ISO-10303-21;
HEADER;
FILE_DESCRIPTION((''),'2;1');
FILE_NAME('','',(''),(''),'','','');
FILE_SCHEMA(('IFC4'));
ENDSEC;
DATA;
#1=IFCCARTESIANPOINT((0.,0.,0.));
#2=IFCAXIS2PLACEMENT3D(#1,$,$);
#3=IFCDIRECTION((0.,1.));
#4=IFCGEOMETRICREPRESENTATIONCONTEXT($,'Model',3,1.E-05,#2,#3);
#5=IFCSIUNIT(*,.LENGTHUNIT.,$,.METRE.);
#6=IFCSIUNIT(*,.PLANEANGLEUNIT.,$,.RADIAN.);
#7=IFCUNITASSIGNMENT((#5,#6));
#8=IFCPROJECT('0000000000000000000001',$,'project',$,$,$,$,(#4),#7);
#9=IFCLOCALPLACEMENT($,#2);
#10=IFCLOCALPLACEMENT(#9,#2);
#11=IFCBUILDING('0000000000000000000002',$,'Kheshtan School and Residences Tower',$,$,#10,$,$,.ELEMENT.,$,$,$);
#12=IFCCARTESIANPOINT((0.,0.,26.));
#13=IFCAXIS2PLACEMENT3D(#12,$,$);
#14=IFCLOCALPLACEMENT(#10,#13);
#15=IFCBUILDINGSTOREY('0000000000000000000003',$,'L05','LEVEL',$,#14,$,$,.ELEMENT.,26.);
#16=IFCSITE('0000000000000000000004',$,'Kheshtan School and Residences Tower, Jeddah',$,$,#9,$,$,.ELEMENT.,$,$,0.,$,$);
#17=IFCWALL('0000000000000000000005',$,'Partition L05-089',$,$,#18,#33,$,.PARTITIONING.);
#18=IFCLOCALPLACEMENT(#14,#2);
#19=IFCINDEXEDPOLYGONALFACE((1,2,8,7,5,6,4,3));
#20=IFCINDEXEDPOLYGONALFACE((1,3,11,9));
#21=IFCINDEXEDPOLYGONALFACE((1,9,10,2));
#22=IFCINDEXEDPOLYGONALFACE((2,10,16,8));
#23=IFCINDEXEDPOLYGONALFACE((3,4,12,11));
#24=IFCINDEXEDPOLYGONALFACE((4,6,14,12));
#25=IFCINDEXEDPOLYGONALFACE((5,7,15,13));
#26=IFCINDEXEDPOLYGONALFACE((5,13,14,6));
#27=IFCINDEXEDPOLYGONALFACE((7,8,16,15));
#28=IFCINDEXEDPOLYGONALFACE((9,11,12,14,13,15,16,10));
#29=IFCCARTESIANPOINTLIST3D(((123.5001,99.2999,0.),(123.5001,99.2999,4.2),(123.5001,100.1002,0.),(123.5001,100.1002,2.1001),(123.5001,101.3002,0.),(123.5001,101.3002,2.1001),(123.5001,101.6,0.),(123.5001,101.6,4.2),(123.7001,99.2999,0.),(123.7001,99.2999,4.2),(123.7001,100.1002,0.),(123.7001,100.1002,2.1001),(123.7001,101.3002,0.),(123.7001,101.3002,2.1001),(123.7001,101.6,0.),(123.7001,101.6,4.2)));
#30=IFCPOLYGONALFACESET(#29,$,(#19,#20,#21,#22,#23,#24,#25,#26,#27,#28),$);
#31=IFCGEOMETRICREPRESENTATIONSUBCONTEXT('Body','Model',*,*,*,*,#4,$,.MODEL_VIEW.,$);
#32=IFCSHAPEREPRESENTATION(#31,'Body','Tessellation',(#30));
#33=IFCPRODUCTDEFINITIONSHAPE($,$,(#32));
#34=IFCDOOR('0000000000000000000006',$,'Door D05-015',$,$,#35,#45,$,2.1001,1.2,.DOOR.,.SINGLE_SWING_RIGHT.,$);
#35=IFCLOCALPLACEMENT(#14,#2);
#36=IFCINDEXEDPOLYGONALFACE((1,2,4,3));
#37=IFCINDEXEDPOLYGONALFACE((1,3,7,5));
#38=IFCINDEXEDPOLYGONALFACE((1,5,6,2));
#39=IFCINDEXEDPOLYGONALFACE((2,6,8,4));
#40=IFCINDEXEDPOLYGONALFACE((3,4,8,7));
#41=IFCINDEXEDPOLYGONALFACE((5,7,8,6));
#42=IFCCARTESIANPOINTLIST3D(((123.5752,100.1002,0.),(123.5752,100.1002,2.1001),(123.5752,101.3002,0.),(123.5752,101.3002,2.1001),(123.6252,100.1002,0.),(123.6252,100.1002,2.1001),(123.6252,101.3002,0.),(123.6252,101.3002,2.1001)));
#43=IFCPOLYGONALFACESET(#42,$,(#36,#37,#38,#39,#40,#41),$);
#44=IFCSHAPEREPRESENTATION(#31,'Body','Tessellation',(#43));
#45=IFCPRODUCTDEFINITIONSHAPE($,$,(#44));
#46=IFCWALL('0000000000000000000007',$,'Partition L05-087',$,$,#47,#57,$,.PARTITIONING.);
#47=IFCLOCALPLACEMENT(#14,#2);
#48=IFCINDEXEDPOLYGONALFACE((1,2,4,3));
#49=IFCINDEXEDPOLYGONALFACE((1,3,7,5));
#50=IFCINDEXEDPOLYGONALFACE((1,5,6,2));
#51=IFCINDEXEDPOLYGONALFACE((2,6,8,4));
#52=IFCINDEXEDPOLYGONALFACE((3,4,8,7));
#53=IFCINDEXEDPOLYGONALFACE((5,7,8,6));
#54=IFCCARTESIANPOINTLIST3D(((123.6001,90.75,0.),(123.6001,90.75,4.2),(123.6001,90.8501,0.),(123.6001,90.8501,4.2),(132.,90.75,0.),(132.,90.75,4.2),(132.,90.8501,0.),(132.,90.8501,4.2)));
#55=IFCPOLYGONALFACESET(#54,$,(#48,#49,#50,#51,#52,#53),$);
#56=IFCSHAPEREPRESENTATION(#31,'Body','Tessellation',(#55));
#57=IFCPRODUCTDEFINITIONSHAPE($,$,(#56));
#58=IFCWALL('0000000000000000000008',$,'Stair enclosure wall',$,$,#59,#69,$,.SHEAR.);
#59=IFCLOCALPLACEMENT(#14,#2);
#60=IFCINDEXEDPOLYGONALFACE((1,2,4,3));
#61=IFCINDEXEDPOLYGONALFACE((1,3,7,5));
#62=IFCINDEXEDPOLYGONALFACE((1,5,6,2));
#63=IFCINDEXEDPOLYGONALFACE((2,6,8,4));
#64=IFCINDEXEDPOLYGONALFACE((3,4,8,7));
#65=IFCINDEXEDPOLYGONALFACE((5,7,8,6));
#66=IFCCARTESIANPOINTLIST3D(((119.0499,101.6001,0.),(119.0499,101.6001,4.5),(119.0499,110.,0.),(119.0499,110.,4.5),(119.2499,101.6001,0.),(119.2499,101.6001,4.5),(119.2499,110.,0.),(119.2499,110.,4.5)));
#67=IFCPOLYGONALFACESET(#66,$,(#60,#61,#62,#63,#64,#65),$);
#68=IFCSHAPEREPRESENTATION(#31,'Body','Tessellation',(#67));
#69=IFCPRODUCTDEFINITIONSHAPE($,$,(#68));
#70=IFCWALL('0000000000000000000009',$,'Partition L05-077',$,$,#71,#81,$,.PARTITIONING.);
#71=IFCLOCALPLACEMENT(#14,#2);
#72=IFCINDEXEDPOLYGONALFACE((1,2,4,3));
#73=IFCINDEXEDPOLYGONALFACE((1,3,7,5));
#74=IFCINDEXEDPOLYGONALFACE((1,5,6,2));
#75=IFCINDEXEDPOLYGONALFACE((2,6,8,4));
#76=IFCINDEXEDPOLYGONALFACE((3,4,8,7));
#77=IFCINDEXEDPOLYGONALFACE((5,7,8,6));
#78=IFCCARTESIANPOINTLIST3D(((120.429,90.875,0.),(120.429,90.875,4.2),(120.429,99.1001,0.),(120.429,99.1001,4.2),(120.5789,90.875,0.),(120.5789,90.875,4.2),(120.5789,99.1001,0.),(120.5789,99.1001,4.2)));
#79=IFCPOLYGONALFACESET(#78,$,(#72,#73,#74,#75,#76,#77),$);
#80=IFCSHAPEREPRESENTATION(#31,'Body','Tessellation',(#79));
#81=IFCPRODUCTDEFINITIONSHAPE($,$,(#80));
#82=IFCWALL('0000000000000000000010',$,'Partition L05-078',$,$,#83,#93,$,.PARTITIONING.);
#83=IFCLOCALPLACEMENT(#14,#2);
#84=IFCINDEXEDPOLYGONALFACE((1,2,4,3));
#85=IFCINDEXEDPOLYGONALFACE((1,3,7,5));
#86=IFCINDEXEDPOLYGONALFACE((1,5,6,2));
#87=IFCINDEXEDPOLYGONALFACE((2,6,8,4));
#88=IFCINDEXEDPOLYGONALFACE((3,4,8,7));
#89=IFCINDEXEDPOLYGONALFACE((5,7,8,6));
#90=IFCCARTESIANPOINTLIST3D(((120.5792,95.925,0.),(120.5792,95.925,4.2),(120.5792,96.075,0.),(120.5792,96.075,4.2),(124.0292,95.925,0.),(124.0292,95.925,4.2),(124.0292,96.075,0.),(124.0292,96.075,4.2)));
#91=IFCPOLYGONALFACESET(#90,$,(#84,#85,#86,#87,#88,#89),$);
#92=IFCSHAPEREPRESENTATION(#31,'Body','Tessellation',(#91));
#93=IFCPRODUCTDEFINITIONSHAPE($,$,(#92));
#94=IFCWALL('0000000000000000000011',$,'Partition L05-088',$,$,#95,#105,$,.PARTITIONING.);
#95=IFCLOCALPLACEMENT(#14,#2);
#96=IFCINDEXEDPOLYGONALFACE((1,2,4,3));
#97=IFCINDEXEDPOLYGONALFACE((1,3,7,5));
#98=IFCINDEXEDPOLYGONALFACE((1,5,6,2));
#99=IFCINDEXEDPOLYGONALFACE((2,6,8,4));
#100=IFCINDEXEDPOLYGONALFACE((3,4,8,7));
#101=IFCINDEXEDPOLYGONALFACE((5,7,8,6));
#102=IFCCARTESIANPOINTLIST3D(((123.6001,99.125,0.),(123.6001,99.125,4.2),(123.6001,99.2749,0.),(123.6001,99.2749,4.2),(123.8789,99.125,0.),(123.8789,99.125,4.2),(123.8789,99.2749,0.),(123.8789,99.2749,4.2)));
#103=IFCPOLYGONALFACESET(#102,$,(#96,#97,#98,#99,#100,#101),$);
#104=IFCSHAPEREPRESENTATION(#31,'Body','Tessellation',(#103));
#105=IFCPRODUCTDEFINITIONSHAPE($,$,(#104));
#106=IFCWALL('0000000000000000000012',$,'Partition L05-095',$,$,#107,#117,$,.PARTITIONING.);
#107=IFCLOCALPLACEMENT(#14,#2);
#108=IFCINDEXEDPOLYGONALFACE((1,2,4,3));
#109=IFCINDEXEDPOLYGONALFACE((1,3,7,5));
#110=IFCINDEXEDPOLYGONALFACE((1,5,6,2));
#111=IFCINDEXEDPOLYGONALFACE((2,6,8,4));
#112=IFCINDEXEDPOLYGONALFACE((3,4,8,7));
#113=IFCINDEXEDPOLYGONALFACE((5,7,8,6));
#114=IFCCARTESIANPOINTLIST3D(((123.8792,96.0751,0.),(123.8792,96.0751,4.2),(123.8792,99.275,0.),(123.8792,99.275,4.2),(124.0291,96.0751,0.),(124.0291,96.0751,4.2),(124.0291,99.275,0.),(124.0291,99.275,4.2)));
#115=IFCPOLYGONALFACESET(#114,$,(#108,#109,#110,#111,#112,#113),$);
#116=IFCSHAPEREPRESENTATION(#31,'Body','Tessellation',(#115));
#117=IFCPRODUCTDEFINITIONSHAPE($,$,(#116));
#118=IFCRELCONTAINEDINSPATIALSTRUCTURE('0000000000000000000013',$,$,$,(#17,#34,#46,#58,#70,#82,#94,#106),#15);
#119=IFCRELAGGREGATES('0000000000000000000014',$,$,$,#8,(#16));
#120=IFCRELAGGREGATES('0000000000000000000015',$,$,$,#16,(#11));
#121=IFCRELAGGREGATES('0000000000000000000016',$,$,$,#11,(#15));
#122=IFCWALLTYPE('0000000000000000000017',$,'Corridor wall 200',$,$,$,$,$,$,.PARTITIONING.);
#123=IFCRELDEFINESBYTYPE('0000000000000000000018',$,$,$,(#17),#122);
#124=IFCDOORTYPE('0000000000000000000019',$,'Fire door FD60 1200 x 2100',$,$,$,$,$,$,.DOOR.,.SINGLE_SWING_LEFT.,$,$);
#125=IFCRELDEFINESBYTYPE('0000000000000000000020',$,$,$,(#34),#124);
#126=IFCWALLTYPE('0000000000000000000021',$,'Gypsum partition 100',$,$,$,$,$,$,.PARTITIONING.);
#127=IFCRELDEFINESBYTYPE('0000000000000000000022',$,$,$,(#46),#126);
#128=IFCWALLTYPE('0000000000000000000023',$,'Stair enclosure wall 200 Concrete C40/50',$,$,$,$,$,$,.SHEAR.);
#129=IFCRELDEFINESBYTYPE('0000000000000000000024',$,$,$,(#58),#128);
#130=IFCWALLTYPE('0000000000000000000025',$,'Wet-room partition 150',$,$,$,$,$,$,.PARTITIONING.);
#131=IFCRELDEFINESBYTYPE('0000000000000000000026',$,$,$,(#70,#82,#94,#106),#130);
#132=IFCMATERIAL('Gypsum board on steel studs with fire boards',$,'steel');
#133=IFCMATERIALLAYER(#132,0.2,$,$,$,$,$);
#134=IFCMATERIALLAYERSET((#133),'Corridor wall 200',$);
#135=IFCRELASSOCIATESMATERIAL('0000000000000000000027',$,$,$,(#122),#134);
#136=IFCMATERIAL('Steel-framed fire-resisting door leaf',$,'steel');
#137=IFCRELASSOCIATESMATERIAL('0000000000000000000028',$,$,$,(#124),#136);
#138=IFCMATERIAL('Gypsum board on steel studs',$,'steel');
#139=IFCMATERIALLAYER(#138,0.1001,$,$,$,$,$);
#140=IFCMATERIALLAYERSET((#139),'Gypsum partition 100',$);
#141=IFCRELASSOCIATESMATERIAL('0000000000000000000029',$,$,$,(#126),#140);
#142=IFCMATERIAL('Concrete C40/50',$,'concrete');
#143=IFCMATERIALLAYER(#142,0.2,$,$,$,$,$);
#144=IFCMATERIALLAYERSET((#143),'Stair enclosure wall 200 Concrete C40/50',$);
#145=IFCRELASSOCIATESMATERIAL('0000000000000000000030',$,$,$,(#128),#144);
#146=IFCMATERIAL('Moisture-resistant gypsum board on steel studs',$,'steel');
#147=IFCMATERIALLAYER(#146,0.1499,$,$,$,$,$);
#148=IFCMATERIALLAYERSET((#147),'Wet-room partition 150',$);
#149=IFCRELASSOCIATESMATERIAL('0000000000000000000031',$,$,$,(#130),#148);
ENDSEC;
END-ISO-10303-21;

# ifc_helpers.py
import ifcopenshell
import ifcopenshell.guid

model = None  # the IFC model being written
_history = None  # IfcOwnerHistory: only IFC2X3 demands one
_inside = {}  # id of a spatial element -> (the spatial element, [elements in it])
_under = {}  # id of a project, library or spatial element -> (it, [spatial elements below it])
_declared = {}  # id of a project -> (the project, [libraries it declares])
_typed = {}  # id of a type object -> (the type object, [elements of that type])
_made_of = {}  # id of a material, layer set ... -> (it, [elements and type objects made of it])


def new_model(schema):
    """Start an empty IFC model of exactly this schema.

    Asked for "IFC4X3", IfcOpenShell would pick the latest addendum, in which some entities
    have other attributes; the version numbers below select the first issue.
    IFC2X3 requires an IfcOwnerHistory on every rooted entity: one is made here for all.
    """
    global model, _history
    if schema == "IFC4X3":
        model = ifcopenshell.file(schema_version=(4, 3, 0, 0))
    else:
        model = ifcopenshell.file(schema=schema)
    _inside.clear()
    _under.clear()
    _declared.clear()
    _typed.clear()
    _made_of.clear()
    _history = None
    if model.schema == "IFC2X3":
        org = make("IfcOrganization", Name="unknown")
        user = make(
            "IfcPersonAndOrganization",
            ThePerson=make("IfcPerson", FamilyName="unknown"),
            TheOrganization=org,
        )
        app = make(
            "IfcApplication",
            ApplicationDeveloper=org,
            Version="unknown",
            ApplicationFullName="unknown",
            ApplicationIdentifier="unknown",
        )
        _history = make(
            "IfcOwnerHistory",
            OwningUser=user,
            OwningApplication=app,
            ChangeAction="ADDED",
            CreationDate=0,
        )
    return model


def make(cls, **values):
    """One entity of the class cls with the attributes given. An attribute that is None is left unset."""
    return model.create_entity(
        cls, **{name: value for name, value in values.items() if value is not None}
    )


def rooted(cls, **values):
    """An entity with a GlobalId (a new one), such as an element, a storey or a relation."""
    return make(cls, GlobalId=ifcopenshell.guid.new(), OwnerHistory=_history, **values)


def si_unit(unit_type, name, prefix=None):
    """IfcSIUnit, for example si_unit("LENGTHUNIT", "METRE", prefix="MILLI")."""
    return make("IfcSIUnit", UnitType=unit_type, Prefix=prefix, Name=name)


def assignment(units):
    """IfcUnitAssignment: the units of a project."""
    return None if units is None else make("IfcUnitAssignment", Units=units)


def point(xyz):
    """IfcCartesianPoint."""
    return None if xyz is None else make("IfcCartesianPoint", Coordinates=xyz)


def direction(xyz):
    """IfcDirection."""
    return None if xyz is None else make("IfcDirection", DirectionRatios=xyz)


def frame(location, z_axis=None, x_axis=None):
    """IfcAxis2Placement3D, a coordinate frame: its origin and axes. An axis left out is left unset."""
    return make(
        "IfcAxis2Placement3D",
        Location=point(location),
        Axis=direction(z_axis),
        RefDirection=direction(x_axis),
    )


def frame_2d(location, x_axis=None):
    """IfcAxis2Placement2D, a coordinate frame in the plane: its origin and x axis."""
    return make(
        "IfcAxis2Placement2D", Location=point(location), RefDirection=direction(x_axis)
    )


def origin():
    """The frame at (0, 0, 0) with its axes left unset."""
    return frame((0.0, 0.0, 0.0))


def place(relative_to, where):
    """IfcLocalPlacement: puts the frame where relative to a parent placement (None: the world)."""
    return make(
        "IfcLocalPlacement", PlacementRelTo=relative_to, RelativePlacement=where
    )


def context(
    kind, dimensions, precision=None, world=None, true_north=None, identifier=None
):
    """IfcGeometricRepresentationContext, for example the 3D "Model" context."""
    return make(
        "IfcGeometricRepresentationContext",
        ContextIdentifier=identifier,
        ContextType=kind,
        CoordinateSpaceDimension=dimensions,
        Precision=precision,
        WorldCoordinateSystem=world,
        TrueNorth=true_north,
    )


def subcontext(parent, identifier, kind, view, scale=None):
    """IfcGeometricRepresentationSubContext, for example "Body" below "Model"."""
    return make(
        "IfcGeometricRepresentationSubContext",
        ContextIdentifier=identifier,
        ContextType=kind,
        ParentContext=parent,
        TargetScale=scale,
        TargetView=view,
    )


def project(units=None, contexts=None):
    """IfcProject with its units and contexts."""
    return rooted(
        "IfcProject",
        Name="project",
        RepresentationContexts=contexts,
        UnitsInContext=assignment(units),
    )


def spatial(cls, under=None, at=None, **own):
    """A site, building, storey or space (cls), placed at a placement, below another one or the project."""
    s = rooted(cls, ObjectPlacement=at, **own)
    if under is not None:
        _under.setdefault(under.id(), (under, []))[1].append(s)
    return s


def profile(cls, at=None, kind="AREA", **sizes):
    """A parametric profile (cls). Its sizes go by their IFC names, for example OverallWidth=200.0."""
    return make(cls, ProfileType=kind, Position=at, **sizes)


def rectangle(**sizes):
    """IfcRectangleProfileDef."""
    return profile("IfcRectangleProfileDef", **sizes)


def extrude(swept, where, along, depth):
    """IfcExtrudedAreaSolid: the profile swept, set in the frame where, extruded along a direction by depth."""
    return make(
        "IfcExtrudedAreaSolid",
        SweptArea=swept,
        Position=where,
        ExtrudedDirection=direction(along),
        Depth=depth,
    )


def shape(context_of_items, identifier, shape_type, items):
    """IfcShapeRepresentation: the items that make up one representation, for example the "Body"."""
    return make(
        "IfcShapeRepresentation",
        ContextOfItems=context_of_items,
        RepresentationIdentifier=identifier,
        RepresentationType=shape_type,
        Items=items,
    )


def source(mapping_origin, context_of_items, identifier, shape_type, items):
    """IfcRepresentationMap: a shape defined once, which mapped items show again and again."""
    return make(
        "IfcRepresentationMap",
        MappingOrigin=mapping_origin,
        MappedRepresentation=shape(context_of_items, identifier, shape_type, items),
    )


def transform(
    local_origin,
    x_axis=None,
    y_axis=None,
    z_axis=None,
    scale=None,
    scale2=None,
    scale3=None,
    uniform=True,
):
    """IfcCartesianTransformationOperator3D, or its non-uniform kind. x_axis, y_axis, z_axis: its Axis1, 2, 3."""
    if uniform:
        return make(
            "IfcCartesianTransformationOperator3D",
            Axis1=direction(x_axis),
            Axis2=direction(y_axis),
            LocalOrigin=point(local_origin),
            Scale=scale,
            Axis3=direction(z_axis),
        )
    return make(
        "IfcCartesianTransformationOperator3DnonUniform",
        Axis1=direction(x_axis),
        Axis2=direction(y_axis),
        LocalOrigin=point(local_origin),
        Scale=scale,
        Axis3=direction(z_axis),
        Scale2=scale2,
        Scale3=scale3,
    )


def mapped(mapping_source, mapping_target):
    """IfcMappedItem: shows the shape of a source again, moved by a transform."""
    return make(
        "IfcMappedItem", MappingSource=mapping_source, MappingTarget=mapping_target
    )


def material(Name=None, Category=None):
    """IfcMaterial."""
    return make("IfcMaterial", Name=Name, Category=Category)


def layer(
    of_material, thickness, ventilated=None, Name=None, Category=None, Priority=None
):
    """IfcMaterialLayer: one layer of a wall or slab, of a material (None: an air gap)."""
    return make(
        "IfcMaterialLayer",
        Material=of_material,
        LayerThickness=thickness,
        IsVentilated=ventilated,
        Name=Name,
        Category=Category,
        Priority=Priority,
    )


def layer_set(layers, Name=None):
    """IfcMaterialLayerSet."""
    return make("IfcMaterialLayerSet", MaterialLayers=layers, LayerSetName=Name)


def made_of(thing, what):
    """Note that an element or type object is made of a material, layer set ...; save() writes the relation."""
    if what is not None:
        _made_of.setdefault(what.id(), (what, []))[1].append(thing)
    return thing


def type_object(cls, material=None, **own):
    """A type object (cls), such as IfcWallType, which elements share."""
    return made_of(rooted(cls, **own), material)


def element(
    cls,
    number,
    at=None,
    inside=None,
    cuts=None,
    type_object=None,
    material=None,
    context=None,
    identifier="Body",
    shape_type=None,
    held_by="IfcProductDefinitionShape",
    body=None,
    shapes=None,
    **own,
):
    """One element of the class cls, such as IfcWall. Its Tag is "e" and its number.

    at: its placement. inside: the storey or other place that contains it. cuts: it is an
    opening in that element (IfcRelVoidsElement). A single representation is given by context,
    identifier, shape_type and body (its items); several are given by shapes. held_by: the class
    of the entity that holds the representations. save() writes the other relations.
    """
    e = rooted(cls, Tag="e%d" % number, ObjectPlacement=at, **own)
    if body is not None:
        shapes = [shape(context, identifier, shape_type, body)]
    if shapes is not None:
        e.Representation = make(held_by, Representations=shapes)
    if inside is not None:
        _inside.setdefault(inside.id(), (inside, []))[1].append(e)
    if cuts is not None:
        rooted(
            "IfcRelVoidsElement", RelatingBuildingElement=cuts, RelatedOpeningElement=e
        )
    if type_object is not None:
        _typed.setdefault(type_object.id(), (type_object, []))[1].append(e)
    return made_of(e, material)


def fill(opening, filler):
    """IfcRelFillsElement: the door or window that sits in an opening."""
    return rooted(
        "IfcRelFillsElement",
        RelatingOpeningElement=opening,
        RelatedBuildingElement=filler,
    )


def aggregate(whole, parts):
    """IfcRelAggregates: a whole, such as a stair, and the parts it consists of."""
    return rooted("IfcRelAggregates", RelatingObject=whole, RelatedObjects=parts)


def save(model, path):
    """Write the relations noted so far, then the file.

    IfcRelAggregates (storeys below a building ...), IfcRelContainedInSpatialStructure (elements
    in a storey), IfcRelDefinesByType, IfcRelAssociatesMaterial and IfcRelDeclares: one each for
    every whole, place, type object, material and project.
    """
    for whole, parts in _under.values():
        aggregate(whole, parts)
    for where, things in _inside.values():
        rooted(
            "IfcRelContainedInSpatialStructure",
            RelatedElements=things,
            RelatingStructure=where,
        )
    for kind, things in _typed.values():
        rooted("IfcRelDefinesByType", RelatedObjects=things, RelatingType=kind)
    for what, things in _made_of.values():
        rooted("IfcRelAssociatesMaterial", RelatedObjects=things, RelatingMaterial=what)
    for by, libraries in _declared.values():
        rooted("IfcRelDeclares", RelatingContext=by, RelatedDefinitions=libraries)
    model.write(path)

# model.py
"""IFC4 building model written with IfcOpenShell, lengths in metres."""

from ifc_helpers import new_model, si_unit, direction, frame, frame_2d, origin, place, context, subcontext, project, spatial, rectangle, extrude, source, transform, mapped, material, layer, layer_set, type_object, element, fill, save


model = new_model("IFC4")

# Units and contexts
model_context = context("Model", 3, precision=1e-05, world=origin(), true_north=direction((0.0, 1.0)))
body_context = subcontext(model_context, "Body", "Model", "MODEL_VIEW")
ifc_project = project(units=[si_unit("LENGTHUNIT", "METRE"), si_unit("PLANEANGLEUNIT", "RADIAN")], contexts=[model_context])

# Site, building, storey
site_placement = place(None, origin())
site = spatial("IfcSite", under=ifc_project, at=site_placement, Name="Kheshtan School and Residences Tower, Jeddah", CompositionType="ELEMENT", RefElevation=0.0)
building_placement = place(site_placement, origin())
building = spatial("IfcBuilding", under=site, at=building_placement, Name="Kheshtan School and Residences Tower", CompositionType="ELEMENT")
storey_placement = place(building_placement, frame((0.0, 0.0, 26.0)))
storey = spatial("IfcBuildingStorey", under=building, at=storey_placement, Name="L05", Description="LEVEL", CompositionType="ELEMENT", Elevation=26.0)

# Shared definitions
ifc_material_1 = material(Name="Gypsum board on steel studs with fire boards", Category="steel")
ifc_layer_1 = layer(ifc_material_1, 0.2)
ifc_layer_set_1 = layer_set([ifc_layer_1], Name="Corridor wall 200")
wall_type_1 = type_object("IfcWallType", Name="Corridor wall 200", PredefinedType="PARTITIONING", material=ifc_layer_set_1)
ifc_material_2 = material(Name="Steel-framed fire-resisting door leaf", Category="steel")

# Wall, opening, door
wall_1_placement = place(storey_placement, frame((123.6001, 99.3, 0.0), z_axis=(0.0, 0.0, 1.0), x_axis=(0.0, 1.0, 0.0)))
wall_1 = element("IfcWall", 1, at=wall_1_placement, inside=storey, type_object=wall_type_1, Name="Partition L05-089", PredefinedType="PARTITIONING", context=body_context, shape_type="SweptSolid", body=[
    extrude(rectangle(XDim=2.3, YDim=0.2, at=frame_2d((1.1499, 0.0))), origin(), (0.0, 0.0, 1.0), 4.2),
])
opening_1_placement = place(wall_1_placement, frame((0.8, 0.0, 0.0)))
opening_1 = element("IfcOpeningElement", 2, at=opening_1_placement, cuts=wall_1, PredefinedType="OPENING", context=body_context, shape_type="SweptSolid", body=[
    extrude(rectangle(XDim=1.2, YDim=2.1001, at=frame_2d((0.6001, 1.05))), frame((0.0, 0.1099, 0.0), z_axis=(0.0, -1.0, 0.0), x_axis=(1.0, 0.0, 0.0)), (0.0, 0.0, 1.0), 0.22),
])
door_type_1 = type_object("IfcDoorType", Name="Fire door FD60 1200 x 2100", OperationType="SINGLE_SWING_LEFT", PredefinedType="DOOR", material=ifc_material_2)
shared_shape_1 = source(origin(), body_context, "Body", "SweptSolid", [
    extrude(rectangle(XDim=1.2, YDim=2.1001, at=frame_2d((0.6001, 1.05))), frame((0.0, 0.0249, 0.0), z_axis=(0.0, -1.0, 0.0), x_axis=(1.0, 0.0, 0.0)), (0.0, 0.0, 1.0), 0.05),
])
door_1_placement = place(opening_1_placement, origin())
door_1 = element("IfcDoor", 3, at=door_1_placement, inside=storey, type_object=door_type_1, Name="Door D05-015", OperationType="SINGLE_SWING_RIGHT", OverallHeight=2.1001, OverallWidth=1.2, PredefinedType="DOOR", context=body_context, shape_type="MappedRepresentation", body=[
    mapped(shared_shape_1, transform((0.0, 0.0, 0.0), x_axis=(1.0, 0.0, 0.0), y_axis=(0.0, 1.0, 0.0), z_axis=(0.0, 0.0, 1.0), scale=1.0)),
])
fill(opening_1, door_1)

# Walls
ifc_material_3 = material(Name="Gypsum board on steel studs", Category="steel")
ifc_layer_2 = layer(ifc_material_3, 0.1001)
ifc_layer_set_2 = layer_set([ifc_layer_2], Name="Gypsum partition 100")
wall_type_2 = type_object("IfcWallType", Name="Gypsum partition 100", PredefinedType="PARTITIONING", material=ifc_layer_set_2)
wall_2_placement = place(storey_placement, frame((123.6001, 90.8, 0.0), z_axis=(0.0, 0.0, 1.0), x_axis=(1.0, 0.0, 0.0)))
element("IfcWall", 4, at=wall_2_placement, inside=storey, type_object=wall_type_2, Name="Partition L05-087", PredefinedType="PARTITIONING", context=body_context, shape_type="SweptSolid", body=[
    extrude(rectangle(XDim=8.3999, YDim=0.1001, at=frame_2d((4.2, 0.0))), origin(), (0.0, 0.0, 1.0), 4.2),
])
ifc_material_4 = material(Name="Concrete C40/50", Category="concrete")
ifc_layer_3 = layer(ifc_material_4, 0.2)
ifc_layer_set_3 = layer_set([ifc_layer_3], Name="Stair enclosure wall 200 Concrete C40/50")
wall_type_3 = type_object("IfcWallType", Name="Stair enclosure wall 200 Concrete C40/50", PredefinedType="SHEAR", material=ifc_layer_set_3)
wall_3_placement = place(storey_placement, frame((119.1499, 101.6001, 0.0), z_axis=(0.0, 0.0, 1.0), x_axis=(0.0, 1.0, 0.0)))
element("IfcWall", 5, at=wall_3_placement, inside=storey, type_object=wall_type_3, Name="Stair enclosure wall", PredefinedType="SHEAR", context=body_context, shape_type="SweptSolid", body=[
    extrude(rectangle(XDim=8.3999, YDim=0.2, at=frame_2d((4.2, 0.0))), origin(), (0.0, 0.0, 1.0), 4.5),
])
ifc_material_5 = material(Name="Moisture-resistant gypsum board on steel studs", Category="steel")
ifc_layer_4 = layer(ifc_material_5, 0.1499)
ifc_layer_set_4 = layer_set([ifc_layer_4], Name="Wet-room partition 150")
wall_type_4 = type_object("IfcWallType", Name="Wet-room partition 150", PredefinedType="PARTITIONING", material=ifc_layer_set_4)
wall_4_placement = place(storey_placement, frame((120.5039, 90.875, 0.0), z_axis=(0.0, 0.0, 1.0), x_axis=(0.0, 1.0, 0.0)))
element("IfcWall", 6, at=wall_4_placement, inside=storey, type_object=wall_type_4, Name="Partition L05-077", PredefinedType="PARTITIONING", context=body_context, shape_type="SweptSolid", body=[
    extrude(rectangle(XDim=8.2251, YDim=0.1499, at=frame_2d((4.1125, 0.0))), origin(), (0.0, 0.0, 1.0), 4.2),
])
wall_5_placement = place(storey_placement, frame((120.5791, 96.0, 0.0), z_axis=(0.0, 0.0, 1.0), x_axis=(1.0, 0.0, 0.0)))
element("IfcWall", 7, at=wall_5_placement, inside=storey, type_object=wall_type_4, Name="Partition L05-078", PredefinedType="PARTITIONING", context=body_context, shape_type="SweptSolid", body=[
    extrude(rectangle(XDim=3.45, YDim=0.1499, at=frame_2d((1.7251, 0.0))), origin(), (0.0, 0.0, 1.0), 4.2),
])
wall_6_placement = place(storey_placement, frame((123.6001, 99.2, 0.0), z_axis=(0.0, 0.0, 1.0), x_axis=(1.0, 0.0, 0.0)))
element("IfcWall", 8, at=wall_6_placement, inside=storey, type_object=wall_type_4, Name="Partition L05-088", PredefinedType="PARTITIONING", context=body_context, shape_type="SweptSolid", body=[
    extrude(rectangle(XDim=0.2788, YDim=0.1499, at=frame_2d((0.1394, 0.0))), origin(), (0.0, 0.0, 1.0), 4.2),
])
wall_7_placement = place(storey_placement, frame((123.9541, 96.075, 0.0), z_axis=(0.0, 0.0, 1.0), x_axis=(0.0, 1.0, 0.0)))
element("IfcWall", 9, at=wall_7_placement, inside=storey, type_object=wall_type_4, Name="Partition L05-095", PredefinedType="PARTITIONING", context=body_context, shape_type="SweptSolid", body=[
    extrude(rectangle(XDim=3.2, YDim=0.1499, at=frame_2d((1.6001, 0.0))), origin(), (0.0, 0.0, 1.0), 4.2),
])

save(model, "model.ifc")
